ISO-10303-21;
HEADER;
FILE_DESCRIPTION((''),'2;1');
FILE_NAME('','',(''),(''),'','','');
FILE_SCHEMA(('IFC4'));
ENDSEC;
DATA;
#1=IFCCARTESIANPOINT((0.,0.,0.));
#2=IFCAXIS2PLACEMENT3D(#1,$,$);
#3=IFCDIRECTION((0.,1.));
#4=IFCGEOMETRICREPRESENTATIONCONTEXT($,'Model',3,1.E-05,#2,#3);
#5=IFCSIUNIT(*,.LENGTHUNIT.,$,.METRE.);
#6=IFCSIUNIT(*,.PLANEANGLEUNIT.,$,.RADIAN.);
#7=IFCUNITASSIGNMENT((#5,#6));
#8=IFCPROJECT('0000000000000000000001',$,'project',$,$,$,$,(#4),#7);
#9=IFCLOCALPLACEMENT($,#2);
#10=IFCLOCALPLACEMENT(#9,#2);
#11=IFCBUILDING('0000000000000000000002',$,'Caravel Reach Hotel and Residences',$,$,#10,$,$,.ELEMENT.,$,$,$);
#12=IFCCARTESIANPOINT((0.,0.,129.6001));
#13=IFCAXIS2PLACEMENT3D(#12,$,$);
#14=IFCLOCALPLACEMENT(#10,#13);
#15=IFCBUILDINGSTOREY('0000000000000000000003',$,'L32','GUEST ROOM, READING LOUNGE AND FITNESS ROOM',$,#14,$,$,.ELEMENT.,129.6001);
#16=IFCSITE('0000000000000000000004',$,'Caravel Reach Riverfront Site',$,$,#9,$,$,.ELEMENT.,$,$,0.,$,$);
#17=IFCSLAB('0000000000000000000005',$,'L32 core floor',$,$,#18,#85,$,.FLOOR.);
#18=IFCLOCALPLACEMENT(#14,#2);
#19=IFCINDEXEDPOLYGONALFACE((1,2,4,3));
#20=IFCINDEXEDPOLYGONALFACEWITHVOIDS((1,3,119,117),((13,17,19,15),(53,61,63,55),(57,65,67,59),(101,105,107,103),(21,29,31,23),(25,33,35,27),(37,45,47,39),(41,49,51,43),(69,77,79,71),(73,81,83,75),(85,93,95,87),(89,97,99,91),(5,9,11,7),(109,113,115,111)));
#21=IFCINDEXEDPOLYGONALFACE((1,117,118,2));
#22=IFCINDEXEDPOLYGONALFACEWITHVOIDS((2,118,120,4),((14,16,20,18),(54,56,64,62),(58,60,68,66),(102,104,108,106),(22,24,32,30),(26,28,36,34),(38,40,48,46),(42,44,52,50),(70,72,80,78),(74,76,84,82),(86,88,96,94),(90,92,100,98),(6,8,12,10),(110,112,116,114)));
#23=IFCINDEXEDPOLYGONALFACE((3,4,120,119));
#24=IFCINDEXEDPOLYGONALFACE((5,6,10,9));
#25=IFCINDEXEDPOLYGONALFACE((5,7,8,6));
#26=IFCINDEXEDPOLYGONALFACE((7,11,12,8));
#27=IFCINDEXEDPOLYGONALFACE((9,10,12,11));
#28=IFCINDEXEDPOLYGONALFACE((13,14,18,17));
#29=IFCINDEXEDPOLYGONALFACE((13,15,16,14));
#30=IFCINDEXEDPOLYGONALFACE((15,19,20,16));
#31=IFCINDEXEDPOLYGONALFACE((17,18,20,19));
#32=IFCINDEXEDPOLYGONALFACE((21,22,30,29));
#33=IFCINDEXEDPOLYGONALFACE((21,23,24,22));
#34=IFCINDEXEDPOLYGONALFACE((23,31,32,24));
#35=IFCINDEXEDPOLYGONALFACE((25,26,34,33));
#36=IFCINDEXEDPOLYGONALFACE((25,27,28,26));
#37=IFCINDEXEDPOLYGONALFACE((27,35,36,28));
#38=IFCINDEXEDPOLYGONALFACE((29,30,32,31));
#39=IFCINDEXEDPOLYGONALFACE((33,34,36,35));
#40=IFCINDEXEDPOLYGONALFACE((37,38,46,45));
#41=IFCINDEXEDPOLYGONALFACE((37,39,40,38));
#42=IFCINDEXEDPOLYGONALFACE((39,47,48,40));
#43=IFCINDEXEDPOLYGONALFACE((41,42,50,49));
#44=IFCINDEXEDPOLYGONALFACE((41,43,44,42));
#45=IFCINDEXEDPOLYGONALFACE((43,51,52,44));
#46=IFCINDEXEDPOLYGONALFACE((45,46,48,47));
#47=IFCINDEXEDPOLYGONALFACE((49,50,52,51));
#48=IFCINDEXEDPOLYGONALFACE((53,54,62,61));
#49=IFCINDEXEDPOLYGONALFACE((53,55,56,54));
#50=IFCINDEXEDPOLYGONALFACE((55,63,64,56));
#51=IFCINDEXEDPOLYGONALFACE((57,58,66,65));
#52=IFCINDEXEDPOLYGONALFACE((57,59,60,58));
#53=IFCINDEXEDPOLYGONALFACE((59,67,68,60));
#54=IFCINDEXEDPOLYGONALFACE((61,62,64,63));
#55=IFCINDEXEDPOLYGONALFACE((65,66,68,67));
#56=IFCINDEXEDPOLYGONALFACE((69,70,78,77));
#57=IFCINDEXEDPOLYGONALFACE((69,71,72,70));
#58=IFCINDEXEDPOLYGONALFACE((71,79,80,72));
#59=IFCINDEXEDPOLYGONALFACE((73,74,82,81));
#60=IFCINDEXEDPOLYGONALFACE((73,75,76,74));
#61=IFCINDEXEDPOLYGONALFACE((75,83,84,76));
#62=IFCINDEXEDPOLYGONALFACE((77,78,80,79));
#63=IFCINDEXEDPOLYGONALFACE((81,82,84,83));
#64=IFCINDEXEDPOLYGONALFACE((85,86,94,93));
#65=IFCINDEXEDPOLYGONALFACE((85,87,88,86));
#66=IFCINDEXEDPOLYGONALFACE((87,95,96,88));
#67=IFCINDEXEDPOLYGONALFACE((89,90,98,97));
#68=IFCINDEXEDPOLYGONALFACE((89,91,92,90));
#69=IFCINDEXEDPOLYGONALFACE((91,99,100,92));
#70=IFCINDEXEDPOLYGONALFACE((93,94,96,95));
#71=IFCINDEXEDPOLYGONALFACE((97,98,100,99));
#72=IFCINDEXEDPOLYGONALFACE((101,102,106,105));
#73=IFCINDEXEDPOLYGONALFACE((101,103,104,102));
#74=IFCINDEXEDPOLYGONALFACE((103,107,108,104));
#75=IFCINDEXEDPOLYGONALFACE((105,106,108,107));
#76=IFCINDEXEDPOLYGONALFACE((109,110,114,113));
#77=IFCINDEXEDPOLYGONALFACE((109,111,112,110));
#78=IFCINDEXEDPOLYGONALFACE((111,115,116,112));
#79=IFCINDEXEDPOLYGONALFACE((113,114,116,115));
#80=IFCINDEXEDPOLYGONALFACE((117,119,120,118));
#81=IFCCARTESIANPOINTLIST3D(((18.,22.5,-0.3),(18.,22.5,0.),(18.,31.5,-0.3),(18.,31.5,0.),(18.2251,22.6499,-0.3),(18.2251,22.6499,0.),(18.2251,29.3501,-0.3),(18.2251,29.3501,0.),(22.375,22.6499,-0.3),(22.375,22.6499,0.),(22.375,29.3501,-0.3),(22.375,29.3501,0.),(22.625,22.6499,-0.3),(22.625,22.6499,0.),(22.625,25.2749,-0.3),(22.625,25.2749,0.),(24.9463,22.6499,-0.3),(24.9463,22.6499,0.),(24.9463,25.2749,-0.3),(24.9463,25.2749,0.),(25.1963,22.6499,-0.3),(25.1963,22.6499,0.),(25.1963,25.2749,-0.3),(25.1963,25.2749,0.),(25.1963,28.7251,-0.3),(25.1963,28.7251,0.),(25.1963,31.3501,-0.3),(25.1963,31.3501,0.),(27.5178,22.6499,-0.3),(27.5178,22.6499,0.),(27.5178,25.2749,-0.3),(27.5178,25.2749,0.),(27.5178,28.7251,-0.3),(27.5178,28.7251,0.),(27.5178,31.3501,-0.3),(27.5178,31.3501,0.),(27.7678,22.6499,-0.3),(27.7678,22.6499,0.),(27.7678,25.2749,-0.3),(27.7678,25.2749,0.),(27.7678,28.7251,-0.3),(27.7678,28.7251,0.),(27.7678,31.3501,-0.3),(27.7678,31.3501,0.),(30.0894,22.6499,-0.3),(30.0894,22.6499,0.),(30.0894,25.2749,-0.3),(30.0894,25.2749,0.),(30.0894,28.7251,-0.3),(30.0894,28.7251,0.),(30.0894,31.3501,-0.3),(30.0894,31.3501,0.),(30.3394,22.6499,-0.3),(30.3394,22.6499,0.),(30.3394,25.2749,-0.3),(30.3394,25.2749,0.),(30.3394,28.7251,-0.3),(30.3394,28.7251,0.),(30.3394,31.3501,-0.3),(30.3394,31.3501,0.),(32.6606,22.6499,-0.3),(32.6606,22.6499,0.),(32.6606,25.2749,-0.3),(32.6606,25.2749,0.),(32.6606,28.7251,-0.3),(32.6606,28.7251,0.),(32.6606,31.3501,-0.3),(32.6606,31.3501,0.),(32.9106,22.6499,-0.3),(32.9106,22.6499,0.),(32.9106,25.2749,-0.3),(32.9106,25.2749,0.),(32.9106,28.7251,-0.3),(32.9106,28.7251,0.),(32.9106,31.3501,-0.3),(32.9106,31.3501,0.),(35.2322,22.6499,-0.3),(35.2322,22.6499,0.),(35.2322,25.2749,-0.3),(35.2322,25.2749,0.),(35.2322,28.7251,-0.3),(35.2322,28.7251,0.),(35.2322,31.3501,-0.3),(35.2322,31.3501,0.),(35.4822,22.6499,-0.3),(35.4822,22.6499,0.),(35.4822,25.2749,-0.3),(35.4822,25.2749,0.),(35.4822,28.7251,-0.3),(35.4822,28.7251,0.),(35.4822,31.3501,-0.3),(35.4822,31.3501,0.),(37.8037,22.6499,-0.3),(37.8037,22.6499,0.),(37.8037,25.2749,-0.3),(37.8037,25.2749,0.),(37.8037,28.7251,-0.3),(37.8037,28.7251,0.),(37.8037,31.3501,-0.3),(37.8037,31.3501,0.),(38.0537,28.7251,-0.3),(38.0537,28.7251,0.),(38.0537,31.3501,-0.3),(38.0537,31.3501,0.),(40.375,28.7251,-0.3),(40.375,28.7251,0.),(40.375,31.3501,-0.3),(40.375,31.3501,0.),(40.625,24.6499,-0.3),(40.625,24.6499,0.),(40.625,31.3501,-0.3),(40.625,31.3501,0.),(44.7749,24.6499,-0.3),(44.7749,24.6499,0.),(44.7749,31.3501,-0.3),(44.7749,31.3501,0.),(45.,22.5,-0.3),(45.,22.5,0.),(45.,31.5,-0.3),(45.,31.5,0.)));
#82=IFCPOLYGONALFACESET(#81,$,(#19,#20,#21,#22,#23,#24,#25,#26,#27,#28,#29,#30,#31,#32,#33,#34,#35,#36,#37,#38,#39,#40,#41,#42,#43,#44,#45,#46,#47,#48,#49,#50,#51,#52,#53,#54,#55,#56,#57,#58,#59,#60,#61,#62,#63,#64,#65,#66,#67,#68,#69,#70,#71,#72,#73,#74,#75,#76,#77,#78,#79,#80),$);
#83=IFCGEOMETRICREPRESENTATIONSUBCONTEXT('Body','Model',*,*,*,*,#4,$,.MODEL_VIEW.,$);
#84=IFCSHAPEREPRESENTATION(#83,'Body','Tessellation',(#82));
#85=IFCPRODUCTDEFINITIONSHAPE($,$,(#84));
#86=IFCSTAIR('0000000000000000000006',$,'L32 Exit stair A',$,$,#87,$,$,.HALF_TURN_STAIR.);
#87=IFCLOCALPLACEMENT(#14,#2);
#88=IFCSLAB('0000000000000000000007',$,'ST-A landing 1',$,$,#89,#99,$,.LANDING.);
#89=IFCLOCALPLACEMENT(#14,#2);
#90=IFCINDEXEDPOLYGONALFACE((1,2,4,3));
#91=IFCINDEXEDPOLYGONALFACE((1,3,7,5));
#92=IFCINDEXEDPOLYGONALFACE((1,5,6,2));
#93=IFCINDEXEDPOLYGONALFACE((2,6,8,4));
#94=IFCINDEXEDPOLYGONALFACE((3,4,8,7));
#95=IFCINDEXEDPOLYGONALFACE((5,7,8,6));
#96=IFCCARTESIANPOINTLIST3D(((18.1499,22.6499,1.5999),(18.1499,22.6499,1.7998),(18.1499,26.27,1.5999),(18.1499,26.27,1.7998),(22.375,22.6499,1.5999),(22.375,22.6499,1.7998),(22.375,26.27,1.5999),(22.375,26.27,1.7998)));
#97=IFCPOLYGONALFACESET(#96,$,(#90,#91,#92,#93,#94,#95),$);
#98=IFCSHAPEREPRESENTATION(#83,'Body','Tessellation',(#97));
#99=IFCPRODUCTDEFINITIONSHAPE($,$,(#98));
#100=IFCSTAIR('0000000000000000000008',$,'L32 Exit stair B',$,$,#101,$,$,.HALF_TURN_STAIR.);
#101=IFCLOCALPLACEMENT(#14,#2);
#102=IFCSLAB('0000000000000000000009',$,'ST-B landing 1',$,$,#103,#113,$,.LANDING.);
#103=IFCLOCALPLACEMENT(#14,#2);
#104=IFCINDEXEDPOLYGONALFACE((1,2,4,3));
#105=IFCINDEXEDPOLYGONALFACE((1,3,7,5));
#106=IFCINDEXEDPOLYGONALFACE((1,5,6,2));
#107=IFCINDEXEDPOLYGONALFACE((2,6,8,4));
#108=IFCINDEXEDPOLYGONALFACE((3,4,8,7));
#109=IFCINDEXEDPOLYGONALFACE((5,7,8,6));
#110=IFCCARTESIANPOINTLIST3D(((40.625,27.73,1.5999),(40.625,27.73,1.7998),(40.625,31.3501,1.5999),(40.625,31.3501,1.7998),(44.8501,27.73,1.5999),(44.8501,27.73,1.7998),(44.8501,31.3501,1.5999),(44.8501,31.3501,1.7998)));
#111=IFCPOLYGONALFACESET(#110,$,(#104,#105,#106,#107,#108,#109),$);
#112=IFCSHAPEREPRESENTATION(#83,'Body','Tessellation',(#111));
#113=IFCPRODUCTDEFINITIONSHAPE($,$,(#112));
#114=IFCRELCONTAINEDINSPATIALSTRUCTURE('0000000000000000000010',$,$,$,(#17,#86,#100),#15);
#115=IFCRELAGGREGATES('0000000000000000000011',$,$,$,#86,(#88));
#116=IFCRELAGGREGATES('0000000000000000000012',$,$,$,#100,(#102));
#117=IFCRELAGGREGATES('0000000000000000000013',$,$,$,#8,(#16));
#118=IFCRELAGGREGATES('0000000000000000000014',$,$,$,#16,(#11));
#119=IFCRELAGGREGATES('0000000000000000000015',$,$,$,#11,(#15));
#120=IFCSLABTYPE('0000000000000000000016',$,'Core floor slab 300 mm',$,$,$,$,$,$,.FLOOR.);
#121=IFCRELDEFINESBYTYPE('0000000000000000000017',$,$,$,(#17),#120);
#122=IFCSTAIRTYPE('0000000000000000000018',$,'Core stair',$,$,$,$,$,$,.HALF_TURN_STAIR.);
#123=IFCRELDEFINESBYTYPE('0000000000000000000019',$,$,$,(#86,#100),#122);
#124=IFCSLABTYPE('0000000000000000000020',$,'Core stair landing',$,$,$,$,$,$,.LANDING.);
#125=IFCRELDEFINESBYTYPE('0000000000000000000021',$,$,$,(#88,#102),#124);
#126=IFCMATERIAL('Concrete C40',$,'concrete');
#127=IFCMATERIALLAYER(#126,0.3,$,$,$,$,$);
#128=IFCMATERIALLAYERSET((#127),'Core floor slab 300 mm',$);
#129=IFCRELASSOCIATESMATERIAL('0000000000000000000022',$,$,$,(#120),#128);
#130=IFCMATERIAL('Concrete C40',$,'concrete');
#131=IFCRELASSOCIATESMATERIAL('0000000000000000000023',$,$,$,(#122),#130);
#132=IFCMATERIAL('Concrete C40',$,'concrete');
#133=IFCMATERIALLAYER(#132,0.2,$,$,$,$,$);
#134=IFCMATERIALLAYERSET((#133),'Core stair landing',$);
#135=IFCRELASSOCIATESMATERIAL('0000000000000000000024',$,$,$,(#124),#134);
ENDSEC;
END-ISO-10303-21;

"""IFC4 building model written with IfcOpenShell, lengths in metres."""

from ifc_helpers import new_model, si_unit, direction, frame, origin, place, context, subcontext, project, spatial, polyline, outline, extrude, material, layer, layer_set, type_object, element, aggregate, save


model = new_model("IFC4")

# Units and contexts
model_context = context("Model", 3, precision=1e-05, world=origin(), true_north=direction((0.0, 1.0)))
body_context = subcontext(model_context, "Body", "Model", "MODEL_VIEW")
ifc_project = project(units=[si_unit("LENGTHUNIT", "METRE"), si_unit("PLANEANGLEUNIT", "RADIAN")], contexts=[model_context])

# Site, building, storey
site_placement = place(None, origin())
site = spatial("IfcSite", under=ifc_project, at=site_placement, Name="Caravel Reach Riverfront Site", CompositionType="ELEMENT", RefElevation=0.0)
building_placement = place(site_placement, origin())
building = spatial("IfcBuilding", under=site, at=building_placement, Name="Caravel Reach Hotel and Residences", CompositionType="ELEMENT")
storey_placement = place(building_placement, frame((0.0, 0.0, 129.6001)))
storey = spatial("IfcBuildingStorey", under=building, at=storey_placement, Name="L32", Description="GUEST ROOM, READING LOUNGE AND FITNESS ROOM", CompositionType="ELEMENT", Elevation=129.6001)

# Slab
ifc_material_1 = material(Name="Concrete C40", Category="concrete")
ifc_layer_1 = layer(ifc_material_1, 0.3)
ifc_layer_set_1 = layer_set([ifc_layer_1], Name="Core floor slab 300 mm")
slab_type_1 = type_object("IfcSlabType", Name="Core floor slab 300 mm", PredefinedType="FLOOR", material=ifc_layer_set_1)
slab_1_placement = place(storey_placement, frame((0.0, 0.0, -0.3)))
element("IfcSlab", 1, at=slab_1_placement, inside=storey, type_object=slab_type_1, Name="L32 core floor", PredefinedType="FLOOR", context=body_context, shape_type="SweptSolid", body=[
    extrude(outline(polyline([(18.0, 31.5), (45.0, 31.5), (45.0, 22.5), (18.0, 22.5), (18.0, 31.5)]), holes=[polyline([(22.625, 25.2749), (22.625, 22.6499), (24.9463, 22.6499), (24.9463, 25.2749), (22.625, 25.2749)]), polyline([(27.5178, 25.2749), (25.1963, 25.2749), (25.1963, 22.6499), (27.5178, 22.6499), (27.5178, 25.2749)]), polyline([(30.0894, 25.2749), (27.7678, 25.2749), (27.7678, 22.6499), (30.0894, 22.6499), (30.0894, 25.2749)]), polyline([(32.6606, 25.2749), (30.3394, 25.2749), (30.3394, 22.6499), (32.6606, 22.6499), (32.6606, 25.2749)]), polyline([(18.2251, 22.6499), (22.375, 22.6499), (22.375, 29.3501), (18.2251, 29.3501), (18.2251, 22.6499)]), polyline([(27.5178, 31.3501), (25.1963, 31.3501), (25.1963, 28.7251), (27.5178, 28.7251), (27.5178, 31.3501)]), polyline([(30.0894, 31.3501), (27.7678, 31.3501), (27.7678, 28.7251), (30.0894, 28.7251), (30.0894, 31.3501)]), polyline([(32.9106, 25.2749), (32.9106, 22.6499), (35.2322, 22.6499), (35.2322, 25.2749), (32.9106, 25.2749)]), polyline([(37.8037, 25.2749), (35.4822, 25.2749), (35.4822, 22.6499), (37.8037, 22.6499), (37.8037, 25.2749)]), polyline([(44.7749, 31.3501), (40.625, 31.3501), (40.625, 24.6499), (44.7749, 24.6499), (44.7749, 31.3501)]), polyline([(32.6606, 31.3501), (30.3394, 31.3501), (30.3394, 28.7251), (32.6606, 28.7251), (32.6606, 31.3501)]), polyline([(35.2322, 31.3501), (32.9106, 31.3501), (32.9106, 28.7251), (35.2322, 28.7251), (35.2322, 31.3501)]), polyline([(37.8037, 31.3501), (35.4822, 31.3501), (35.4822, 28.7251), (37.8037, 28.7251), (37.8037, 31.3501)]), polyline([(40.375, 31.3501), (38.0537, 31.3501), (38.0537, 28.7251), (40.375, 28.7251), (40.375, 31.3501)])]), origin(), (0.0, 0.0, 1.0), 0.3),
])

# Stairs, slabs
ifc_material_2 = material(Name="Concrete C40", Category="concrete")
stair_type = type_object("IfcStairType", Name="Core stair", PredefinedType="HALF_TURN_STAIR", material=ifc_material_2)
stair_1_placement = place(storey_placement, origin())
stair_1 = element("IfcStair", 2, at=stair_1_placement, inside=storey, type_object=stair_type, Name="L32 Exit stair A", PredefinedType="HALF_TURN_STAIR")
ifc_material_3 = material(Name="Concrete C40", Category="concrete")
ifc_layer_2 = layer(ifc_material_3, 0.2)
ifc_layer_set_2 = layer_set([ifc_layer_2], Name="Core stair landing")
slab_type_2 = type_object("IfcSlabType", Name="Core stair landing", PredefinedType="LANDING", material=ifc_layer_set_2)
slab_2_placement = place(storey_placement, frame((0.0, 0.0, 1.5999)))
slab_2 = element("IfcSlab", 3, at=slab_2_placement, type_object=slab_type_2, Name="ST-A landing 1", PredefinedType="LANDING", context=body_context, shape_type="SweptSolid", body=[
    extrude(outline(polyline([(18.1499, 26.27), (18.1499, 22.6499), (22.375, 22.6499), (22.375, 26.27), (18.1499, 26.27)])), origin(), (0.0, 0.0, 1.0), 0.2),
])
aggregate(stair_1, [slab_2])
stair_2_placement = place(storey_placement, origin())
stair_2 = element("IfcStair", 4, at=stair_2_placement, inside=storey, type_object=stair_type, Name="L32 Exit stair B", PredefinedType="HALF_TURN_STAIR")
slab_3_placement = place(storey_placement, frame((0.0, 0.0, 1.5999)))
slab_3 = element("IfcSlab", 5, at=slab_3_placement, type_object=slab_type_2, Name="ST-B landing 1", PredefinedType="LANDING", context=body_context, shape_type="SweptSolid", body=[
    extrude(outline(polyline([(44.8501, 27.73), (44.8501, 31.3501), (40.625, 31.3501), (40.625, 27.73), (44.8501, 27.73)])), origin(), (0.0, 0.0, 1.0), 0.2),
])
aggregate(stair_2, [slab_3])

save(model, "model.ifc")
